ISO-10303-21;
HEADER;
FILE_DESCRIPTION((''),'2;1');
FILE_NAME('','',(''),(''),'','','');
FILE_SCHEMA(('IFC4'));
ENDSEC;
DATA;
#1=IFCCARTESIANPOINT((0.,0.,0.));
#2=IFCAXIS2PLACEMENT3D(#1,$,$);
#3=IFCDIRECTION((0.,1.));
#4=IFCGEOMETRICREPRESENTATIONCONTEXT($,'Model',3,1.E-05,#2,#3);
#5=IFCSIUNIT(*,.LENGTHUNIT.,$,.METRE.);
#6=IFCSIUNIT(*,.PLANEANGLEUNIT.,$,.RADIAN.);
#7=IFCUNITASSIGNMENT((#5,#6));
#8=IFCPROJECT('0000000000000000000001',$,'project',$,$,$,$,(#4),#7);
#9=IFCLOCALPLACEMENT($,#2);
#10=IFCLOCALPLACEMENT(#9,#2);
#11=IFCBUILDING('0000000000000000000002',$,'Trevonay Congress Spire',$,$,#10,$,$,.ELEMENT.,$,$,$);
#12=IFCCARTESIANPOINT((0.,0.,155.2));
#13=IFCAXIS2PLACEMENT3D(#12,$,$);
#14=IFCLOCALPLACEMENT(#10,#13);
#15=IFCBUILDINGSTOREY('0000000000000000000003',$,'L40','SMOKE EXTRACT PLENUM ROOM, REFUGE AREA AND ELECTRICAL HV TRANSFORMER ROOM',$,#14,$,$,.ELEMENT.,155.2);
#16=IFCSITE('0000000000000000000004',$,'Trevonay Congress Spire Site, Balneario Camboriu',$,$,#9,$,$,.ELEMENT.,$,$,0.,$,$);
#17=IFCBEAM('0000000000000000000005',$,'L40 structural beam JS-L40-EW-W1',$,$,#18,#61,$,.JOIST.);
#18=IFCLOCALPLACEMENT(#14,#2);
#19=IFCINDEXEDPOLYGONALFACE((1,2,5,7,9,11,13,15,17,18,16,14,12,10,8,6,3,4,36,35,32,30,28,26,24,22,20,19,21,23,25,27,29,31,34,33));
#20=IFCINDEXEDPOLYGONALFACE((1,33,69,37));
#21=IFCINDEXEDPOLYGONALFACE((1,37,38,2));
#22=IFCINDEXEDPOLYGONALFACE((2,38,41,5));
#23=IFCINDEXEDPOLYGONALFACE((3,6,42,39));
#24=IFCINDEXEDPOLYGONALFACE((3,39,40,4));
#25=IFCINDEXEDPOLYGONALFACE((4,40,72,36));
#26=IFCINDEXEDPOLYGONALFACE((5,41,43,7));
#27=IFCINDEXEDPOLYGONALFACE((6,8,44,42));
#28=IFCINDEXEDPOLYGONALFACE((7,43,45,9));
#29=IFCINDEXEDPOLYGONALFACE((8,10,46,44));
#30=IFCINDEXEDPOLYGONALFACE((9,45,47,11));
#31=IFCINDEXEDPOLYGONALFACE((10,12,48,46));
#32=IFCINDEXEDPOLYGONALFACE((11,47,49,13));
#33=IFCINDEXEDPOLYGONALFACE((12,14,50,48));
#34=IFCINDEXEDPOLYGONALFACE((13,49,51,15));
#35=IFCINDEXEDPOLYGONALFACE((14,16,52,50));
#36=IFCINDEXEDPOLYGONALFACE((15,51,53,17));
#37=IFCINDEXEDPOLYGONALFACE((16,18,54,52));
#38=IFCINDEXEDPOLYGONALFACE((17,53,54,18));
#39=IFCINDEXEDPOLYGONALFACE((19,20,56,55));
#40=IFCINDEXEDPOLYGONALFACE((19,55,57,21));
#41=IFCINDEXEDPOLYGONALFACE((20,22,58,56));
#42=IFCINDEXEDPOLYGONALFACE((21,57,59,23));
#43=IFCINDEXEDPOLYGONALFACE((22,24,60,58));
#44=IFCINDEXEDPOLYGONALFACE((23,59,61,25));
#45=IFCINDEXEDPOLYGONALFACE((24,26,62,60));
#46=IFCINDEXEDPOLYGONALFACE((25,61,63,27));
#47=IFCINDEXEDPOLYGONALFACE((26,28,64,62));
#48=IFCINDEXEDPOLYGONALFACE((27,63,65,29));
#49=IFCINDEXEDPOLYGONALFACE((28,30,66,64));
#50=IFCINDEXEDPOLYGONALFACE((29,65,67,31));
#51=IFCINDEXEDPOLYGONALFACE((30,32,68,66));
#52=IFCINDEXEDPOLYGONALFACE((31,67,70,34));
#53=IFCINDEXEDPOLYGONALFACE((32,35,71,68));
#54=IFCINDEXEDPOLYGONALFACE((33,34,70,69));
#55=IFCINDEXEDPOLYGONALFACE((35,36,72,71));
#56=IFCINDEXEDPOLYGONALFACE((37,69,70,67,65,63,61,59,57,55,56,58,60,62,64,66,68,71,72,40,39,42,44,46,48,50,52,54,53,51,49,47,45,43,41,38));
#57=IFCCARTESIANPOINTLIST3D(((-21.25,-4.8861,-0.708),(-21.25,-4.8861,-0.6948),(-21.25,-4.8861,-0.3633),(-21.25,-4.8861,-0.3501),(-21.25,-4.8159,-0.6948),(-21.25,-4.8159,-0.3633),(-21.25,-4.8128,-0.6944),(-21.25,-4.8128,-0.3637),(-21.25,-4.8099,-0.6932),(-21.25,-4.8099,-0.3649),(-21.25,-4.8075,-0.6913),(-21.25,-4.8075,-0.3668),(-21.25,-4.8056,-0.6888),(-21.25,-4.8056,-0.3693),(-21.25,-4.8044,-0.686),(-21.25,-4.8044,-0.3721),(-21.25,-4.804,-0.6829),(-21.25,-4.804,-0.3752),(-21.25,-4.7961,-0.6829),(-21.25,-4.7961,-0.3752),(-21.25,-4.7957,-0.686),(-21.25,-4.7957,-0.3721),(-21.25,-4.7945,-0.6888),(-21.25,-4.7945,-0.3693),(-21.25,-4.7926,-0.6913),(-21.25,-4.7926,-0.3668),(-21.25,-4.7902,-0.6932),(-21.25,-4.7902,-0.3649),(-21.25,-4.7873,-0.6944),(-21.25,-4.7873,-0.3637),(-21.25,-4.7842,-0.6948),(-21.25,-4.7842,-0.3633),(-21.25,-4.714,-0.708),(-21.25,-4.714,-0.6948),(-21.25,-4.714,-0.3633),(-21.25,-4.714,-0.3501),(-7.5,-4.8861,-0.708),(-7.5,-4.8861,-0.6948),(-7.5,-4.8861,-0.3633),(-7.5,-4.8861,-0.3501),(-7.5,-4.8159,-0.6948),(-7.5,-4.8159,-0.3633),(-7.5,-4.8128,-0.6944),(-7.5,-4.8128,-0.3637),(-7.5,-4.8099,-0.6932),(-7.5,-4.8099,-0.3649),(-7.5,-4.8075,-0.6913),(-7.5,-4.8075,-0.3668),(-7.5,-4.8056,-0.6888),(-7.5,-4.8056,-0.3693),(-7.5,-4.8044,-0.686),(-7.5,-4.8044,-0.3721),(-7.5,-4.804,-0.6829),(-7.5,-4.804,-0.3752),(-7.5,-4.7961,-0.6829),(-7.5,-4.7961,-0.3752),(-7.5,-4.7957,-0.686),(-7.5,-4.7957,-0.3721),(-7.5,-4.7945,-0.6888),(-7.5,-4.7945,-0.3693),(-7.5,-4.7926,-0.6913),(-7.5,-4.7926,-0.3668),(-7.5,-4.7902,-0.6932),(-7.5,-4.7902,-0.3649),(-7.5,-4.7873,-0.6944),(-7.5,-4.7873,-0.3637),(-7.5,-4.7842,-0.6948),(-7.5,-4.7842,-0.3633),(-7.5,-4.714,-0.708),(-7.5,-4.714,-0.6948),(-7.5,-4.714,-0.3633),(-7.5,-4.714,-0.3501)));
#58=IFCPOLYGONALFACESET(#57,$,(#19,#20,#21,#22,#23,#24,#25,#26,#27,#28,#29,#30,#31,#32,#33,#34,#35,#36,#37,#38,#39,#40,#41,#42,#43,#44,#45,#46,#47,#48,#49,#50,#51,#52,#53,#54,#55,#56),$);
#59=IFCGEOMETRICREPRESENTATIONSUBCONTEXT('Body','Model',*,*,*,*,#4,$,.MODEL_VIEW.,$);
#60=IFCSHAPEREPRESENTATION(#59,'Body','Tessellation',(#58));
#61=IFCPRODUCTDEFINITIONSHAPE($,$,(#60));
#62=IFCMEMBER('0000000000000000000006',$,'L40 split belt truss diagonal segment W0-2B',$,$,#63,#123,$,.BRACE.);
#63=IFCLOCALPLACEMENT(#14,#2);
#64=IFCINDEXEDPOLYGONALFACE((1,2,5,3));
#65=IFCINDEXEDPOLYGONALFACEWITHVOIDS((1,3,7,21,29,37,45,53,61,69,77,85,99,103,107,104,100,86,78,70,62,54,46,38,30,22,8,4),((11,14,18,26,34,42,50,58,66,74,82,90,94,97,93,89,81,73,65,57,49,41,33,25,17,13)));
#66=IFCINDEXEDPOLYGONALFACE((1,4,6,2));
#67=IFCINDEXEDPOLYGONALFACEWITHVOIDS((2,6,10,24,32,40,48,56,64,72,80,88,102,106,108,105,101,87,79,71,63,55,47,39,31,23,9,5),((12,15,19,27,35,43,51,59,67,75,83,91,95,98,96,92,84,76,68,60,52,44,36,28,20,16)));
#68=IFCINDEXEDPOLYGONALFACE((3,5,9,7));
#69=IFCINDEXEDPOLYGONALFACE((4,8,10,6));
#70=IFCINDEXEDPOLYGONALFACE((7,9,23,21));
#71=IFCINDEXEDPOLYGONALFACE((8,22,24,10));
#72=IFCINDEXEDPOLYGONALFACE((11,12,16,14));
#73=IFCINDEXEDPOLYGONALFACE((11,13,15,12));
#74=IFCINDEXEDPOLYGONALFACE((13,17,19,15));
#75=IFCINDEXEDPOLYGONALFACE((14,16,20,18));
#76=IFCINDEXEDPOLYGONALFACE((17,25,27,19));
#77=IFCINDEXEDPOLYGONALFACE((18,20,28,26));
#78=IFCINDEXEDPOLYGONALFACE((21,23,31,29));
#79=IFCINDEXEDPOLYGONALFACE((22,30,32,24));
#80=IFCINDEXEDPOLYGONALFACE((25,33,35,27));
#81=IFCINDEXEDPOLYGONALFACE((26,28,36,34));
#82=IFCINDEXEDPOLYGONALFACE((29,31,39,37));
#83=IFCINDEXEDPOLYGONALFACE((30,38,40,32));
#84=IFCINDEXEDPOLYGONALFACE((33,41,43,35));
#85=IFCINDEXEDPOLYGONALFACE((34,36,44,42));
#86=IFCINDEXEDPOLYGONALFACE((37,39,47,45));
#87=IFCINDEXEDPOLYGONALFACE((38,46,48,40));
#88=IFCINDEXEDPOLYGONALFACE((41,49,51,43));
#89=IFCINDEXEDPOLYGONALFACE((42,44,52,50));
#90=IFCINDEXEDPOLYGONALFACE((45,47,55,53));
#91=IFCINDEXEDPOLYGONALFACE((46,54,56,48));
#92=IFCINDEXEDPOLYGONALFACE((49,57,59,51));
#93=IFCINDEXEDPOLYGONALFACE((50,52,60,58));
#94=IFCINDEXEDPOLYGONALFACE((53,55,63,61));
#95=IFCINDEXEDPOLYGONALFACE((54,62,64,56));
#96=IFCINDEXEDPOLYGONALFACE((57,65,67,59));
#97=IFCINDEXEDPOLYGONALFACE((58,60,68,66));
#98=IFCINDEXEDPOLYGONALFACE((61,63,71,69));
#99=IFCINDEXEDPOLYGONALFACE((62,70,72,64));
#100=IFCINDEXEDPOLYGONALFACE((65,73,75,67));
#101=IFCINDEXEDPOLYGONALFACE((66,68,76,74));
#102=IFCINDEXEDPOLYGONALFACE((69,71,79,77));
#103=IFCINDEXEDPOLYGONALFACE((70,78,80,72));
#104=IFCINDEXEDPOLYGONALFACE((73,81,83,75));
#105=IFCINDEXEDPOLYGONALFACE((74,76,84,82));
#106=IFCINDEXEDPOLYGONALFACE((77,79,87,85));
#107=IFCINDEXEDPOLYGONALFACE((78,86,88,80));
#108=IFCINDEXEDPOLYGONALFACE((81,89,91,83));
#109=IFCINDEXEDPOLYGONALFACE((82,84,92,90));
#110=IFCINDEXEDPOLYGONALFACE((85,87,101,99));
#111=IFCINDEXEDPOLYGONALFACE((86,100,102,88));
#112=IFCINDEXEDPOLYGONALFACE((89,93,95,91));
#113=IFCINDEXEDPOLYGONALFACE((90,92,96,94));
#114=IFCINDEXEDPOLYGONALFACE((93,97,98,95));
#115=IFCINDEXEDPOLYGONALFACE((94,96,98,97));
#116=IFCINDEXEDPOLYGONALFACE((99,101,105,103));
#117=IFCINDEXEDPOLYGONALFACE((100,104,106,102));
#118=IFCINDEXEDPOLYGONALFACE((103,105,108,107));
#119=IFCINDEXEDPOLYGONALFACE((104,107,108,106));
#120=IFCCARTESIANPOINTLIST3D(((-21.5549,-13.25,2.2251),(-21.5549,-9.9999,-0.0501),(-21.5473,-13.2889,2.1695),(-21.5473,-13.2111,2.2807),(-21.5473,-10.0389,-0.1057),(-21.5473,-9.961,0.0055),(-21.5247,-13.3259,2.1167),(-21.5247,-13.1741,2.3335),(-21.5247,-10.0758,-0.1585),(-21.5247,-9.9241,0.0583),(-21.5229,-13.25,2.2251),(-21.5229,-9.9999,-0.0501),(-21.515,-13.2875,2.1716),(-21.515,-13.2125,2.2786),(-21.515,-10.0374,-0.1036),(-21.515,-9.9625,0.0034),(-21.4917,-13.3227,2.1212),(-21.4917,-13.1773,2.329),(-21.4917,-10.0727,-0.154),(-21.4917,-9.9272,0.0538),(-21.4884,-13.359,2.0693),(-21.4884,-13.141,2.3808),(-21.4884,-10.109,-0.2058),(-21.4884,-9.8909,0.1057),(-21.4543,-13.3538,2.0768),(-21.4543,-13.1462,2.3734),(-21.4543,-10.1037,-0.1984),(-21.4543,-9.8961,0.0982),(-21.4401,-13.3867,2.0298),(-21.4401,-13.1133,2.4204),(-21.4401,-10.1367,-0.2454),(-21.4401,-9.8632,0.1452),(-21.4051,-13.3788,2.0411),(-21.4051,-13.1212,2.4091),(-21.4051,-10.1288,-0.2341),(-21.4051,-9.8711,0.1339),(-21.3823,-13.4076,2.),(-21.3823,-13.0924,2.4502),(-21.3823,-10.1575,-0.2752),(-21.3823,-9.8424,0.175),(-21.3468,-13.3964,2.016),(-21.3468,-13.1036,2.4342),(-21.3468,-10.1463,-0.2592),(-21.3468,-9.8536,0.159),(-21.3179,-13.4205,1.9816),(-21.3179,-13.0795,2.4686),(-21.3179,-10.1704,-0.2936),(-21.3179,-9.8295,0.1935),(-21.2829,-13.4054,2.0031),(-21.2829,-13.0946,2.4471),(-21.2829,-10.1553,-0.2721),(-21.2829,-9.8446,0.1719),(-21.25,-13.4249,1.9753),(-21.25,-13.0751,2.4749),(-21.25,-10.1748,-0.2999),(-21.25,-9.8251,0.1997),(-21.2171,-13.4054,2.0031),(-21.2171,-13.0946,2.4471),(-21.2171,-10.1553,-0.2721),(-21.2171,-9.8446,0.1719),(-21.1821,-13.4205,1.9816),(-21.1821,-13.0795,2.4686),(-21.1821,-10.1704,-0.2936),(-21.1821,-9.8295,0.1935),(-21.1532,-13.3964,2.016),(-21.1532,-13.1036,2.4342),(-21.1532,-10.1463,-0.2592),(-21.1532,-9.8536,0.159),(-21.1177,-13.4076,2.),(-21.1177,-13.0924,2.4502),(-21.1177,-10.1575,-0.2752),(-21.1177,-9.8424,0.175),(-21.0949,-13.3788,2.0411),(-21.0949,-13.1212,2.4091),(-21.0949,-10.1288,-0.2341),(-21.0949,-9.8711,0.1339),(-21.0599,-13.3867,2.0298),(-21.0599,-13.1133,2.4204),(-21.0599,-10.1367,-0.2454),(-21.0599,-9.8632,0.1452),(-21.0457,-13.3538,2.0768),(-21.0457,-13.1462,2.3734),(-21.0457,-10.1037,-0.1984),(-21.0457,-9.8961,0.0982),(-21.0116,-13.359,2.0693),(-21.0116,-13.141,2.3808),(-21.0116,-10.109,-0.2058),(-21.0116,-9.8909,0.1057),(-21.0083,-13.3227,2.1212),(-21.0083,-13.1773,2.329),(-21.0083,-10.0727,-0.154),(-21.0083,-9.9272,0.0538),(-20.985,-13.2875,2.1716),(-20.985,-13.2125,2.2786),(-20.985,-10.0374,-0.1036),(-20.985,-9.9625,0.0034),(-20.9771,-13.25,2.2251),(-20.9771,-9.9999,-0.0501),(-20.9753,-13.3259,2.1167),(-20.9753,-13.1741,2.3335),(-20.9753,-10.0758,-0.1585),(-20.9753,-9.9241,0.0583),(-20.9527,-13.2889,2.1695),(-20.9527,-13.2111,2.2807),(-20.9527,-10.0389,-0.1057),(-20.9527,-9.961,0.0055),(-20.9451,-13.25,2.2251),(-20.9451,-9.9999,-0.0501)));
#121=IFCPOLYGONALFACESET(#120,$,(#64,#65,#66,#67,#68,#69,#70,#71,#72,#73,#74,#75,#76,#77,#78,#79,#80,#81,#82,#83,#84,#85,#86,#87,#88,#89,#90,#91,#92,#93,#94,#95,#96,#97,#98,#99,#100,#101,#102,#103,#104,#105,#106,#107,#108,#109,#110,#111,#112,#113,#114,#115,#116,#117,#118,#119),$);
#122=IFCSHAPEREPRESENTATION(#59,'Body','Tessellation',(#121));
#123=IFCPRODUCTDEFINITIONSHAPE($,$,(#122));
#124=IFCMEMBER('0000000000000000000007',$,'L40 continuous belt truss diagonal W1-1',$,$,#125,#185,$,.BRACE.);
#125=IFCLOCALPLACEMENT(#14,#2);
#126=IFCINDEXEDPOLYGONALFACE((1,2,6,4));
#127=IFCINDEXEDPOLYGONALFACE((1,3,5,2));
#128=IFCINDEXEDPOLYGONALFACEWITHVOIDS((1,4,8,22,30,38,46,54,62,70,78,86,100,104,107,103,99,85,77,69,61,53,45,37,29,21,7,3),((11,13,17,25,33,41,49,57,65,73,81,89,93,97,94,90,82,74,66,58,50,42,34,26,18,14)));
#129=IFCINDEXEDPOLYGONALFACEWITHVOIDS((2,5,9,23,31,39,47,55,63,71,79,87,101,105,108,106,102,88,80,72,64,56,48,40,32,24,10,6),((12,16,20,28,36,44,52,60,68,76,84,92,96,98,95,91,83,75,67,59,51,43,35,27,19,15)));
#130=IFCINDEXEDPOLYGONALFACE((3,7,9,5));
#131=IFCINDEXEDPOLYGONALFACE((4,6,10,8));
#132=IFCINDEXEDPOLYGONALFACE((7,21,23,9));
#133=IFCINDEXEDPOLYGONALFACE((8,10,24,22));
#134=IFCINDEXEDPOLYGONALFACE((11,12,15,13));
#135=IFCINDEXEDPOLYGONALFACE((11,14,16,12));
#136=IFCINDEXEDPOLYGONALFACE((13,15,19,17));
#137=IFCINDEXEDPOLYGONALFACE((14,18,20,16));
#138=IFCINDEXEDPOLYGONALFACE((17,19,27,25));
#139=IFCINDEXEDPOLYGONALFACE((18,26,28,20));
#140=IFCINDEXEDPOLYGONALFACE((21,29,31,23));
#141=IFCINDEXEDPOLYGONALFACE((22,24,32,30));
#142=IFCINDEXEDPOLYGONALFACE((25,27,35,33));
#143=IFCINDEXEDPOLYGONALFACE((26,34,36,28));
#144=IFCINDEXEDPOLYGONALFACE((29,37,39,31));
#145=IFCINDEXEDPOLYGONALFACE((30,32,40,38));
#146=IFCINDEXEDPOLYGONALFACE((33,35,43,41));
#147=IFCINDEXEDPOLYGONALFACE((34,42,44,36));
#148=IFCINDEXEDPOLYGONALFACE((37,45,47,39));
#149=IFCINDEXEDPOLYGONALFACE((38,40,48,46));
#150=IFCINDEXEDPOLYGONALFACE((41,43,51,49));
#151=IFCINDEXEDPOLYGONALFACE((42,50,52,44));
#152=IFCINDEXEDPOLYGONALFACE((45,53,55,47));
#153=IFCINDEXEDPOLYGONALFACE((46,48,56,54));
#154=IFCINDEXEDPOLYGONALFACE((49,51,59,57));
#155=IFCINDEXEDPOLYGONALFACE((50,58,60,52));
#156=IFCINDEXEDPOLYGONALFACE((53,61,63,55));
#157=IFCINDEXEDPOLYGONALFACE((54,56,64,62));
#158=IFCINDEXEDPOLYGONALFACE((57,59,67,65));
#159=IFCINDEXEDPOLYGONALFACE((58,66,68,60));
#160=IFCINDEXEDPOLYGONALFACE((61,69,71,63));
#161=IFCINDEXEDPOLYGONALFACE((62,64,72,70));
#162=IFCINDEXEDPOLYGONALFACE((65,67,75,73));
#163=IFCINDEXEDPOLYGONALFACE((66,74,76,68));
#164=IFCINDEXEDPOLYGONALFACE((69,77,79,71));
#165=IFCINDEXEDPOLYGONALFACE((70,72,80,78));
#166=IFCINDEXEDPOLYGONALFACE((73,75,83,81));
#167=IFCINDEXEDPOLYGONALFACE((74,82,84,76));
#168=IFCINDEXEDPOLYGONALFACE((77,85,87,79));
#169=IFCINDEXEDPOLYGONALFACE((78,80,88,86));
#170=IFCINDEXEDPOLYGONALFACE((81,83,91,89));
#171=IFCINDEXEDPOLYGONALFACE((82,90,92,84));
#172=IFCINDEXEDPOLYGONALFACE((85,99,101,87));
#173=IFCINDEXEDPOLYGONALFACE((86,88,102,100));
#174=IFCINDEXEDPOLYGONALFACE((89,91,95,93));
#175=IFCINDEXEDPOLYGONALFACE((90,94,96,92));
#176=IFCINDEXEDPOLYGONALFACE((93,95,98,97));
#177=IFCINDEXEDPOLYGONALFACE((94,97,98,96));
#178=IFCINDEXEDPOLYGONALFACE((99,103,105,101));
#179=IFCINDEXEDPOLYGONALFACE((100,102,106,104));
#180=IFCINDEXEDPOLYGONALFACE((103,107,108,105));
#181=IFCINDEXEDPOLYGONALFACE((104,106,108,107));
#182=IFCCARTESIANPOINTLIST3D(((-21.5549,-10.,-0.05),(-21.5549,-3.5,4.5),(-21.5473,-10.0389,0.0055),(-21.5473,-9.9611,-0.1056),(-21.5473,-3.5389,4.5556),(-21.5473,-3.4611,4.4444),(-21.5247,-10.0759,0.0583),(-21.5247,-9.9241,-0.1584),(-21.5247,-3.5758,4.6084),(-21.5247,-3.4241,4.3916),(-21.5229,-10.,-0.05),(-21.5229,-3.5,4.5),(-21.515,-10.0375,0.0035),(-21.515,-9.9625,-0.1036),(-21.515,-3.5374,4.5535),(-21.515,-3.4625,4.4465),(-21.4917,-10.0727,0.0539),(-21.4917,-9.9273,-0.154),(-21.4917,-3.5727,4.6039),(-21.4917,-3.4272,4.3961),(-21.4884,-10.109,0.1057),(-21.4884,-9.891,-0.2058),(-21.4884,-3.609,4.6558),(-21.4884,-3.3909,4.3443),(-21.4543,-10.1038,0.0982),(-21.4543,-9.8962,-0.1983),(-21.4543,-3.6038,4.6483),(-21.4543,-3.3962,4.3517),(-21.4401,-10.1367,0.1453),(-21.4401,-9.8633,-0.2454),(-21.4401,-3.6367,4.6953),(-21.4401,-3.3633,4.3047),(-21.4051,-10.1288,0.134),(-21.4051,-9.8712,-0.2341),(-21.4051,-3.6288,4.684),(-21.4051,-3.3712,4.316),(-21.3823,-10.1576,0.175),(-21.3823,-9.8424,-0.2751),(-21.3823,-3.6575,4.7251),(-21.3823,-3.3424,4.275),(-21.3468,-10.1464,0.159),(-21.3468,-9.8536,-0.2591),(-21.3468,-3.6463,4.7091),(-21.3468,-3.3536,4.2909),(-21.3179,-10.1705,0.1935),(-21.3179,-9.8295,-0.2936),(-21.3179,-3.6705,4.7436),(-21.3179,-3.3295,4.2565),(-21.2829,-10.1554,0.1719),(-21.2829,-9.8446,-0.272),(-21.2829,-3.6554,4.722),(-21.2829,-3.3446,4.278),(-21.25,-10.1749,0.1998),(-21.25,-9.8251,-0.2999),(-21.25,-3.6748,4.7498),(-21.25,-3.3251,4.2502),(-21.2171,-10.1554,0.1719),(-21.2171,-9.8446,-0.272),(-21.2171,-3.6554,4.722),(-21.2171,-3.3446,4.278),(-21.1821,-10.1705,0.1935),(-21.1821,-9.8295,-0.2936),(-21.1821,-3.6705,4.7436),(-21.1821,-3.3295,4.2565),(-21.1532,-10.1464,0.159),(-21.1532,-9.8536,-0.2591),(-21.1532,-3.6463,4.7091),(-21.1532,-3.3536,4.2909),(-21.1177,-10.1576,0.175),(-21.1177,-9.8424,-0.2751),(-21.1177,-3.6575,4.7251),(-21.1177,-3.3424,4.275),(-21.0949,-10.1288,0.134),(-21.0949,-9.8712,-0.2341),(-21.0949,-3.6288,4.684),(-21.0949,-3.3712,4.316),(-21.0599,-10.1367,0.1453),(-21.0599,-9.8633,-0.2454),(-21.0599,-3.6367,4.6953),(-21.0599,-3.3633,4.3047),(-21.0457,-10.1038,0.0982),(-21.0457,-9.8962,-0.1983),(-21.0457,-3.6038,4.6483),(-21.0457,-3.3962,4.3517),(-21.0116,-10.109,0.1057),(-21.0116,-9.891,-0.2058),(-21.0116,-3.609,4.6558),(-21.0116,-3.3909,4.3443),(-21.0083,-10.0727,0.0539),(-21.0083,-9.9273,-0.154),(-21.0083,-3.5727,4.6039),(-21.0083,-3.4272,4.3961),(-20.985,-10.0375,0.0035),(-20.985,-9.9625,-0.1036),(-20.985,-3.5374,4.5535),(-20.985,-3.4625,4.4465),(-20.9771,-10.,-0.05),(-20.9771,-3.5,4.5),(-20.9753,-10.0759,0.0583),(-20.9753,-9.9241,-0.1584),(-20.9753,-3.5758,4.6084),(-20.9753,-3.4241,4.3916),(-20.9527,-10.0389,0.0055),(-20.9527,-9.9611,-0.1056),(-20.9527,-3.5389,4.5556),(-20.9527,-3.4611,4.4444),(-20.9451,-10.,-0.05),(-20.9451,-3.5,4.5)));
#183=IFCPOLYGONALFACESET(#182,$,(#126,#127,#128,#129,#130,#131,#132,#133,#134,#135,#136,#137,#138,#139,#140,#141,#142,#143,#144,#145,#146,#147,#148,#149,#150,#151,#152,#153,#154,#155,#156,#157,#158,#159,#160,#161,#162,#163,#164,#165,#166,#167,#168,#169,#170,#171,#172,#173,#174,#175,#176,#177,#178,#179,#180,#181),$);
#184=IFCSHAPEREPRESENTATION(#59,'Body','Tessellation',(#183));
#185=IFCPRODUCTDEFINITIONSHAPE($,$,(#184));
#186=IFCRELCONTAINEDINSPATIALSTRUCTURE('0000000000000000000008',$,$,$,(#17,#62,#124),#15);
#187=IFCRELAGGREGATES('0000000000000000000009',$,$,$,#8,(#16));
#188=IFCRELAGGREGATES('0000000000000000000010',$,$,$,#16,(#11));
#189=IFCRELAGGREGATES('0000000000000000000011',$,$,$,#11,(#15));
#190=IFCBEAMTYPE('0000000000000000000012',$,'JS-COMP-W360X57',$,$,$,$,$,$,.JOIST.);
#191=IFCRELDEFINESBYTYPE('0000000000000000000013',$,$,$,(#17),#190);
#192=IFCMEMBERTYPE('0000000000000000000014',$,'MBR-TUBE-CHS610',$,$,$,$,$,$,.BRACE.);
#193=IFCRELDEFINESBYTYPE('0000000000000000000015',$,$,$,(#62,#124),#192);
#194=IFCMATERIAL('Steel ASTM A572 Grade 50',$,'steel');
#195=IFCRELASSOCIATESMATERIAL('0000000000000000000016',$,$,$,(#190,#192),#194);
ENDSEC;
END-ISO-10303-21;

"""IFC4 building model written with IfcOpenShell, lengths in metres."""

from ifc_helpers import new_model, si_unit, direction, frame, origin, origin_2d, place, context, subcontext, project, spatial, hollow_circle, i_section, extrude, material, material_profile, profile_set, type_object, element, save


model = new_model("IFC4")

# Units and contexts
model_context = context("Model", 3, precision=1e-05, world=origin(), true_north=direction((0.0, 1.0)))
body_context = subcontext(model_context, "Body", "Model", "MODEL_VIEW")
ifc_project = project(units=[si_unit("LENGTHUNIT", "METRE"), si_unit("PLANEANGLEUNIT", "RADIAN")], contexts=[model_context])

# Site, building, storey
site_placement = place(None, origin())
site = spatial("IfcSite", under=ifc_project, at=site_placement, Name="Trevonay Congress Spire Site, Balneario Camboriu", CompositionType="ELEMENT", RefElevation=0.0)
building_placement = place(site_placement, origin())
building = spatial("IfcBuilding", under=site, at=building_placement, Name="Trevonay Congress Spire", CompositionType="ELEMENT")
storey_placement = place(building_placement, frame((0.0, 0.0, 155.2)))
storey = spatial("IfcBuildingStorey", under=building, at=storey_placement, Name="L40", Description="SMOKE EXTRACT PLENUM ROOM, REFUGE AREA AND ELECTRICAL HV TRANSFORMER ROOM", CompositionType="ELEMENT", Elevation=155.2)

# Shared definitions
ifc_material_1 = material(Name="Steel ASTM A572 Grade 50", Category="steel")

# Beam
ifc_material_profile_1 = material_profile(ifc_material_1, i_section(OverallWidth=0.1721, OverallDepth=0.3579, WebThickness=0.0078, FlangeThickness=0.0132, FilletRadius=0.012, at=origin_2d()), Name="W360x57.8")
ifc_profile_set_1 = profile_set([ifc_material_profile_1], Name="Steel ASTM A572 Grade 50")
beam_type_1 = type_object("IfcBeamType", Name="JS-COMP-W360X57", PredefinedType="JOIST", material=ifc_profile_set_1)
beam_1_placement = place(storey_placement, frame((-21.25, -4.8, -0.5291), z_axis=(1.0, 0.0, 0.0), x_axis=(0.0, 1.0, 0.0)))
element("IfcBeam", 1, at=beam_1_placement, inside=storey, type_object=beam_type_1, Name="L40 structural beam JS-L40-EW-W1", PredefinedType="JOIST", context=body_context, shape_type="SweptSolid", body=[
    extrude(i_section(OverallWidth=0.1721, OverallDepth=0.3579, WebThickness=0.0078, FlangeThickness=0.0132, FilletRadius=0.012, at=origin_2d()), origin(), (0.0, 0.0, 1.0), 13.75),
])

# Members
ifc_material_profile_2 = material_profile(ifc_material_1, hollow_circle(Radius=0.3049, WallThickness=0.032, at=origin_2d()), Name="CHS 610x32")
ifc_profile_set_2 = profile_set([ifc_material_profile_2], Name="Steel ASTM A572 Grade 50")
member_type = type_object("IfcMemberType", Name="MBR-TUBE-CHS610", PredefinedType="BRACE", material=ifc_profile_set_2)
member_1_placement = place(storey_placement, frame((-21.25, -13.25, 2.2251), z_axis=(0.0, 0.819215, -0.573487), x_axis=(-1.0, 0.0, 0.0)))
element("IfcMember", 2, at=member_1_placement, inside=storey, type_object=member_type, Name="L40 split belt truss diagonal segment W0-2B", PredefinedType="BRACE", context=body_context, shape_type="SweptSolid", body=[
    extrude(hollow_circle(Radius=0.3049, WallThickness=0.032, at=origin_2d()), origin(), (0.0, 0.0, 1.0), 3.9673),
])
member_2_placement = place(storey_placement, frame((-21.25, -10.0, -0.05), z_axis=(0.0, 0.819229, 0.573466), x_axis=(-1.0, 0.0, 0.0)))
element("IfcMember", 3, at=member_2_placement, inside=storey, type_object=member_type, Name="L40 continuous belt truss diagonal W1-1", PredefinedType="BRACE", context=body_context, shape_type="SweptSolid", body=[
    extrude(hollow_circle(Radius=0.3049, WallThickness=0.032, at=origin_2d()), origin(), (0.0, 0.0, 1.0), 7.9343),
])

save(model, "model.ifc")
